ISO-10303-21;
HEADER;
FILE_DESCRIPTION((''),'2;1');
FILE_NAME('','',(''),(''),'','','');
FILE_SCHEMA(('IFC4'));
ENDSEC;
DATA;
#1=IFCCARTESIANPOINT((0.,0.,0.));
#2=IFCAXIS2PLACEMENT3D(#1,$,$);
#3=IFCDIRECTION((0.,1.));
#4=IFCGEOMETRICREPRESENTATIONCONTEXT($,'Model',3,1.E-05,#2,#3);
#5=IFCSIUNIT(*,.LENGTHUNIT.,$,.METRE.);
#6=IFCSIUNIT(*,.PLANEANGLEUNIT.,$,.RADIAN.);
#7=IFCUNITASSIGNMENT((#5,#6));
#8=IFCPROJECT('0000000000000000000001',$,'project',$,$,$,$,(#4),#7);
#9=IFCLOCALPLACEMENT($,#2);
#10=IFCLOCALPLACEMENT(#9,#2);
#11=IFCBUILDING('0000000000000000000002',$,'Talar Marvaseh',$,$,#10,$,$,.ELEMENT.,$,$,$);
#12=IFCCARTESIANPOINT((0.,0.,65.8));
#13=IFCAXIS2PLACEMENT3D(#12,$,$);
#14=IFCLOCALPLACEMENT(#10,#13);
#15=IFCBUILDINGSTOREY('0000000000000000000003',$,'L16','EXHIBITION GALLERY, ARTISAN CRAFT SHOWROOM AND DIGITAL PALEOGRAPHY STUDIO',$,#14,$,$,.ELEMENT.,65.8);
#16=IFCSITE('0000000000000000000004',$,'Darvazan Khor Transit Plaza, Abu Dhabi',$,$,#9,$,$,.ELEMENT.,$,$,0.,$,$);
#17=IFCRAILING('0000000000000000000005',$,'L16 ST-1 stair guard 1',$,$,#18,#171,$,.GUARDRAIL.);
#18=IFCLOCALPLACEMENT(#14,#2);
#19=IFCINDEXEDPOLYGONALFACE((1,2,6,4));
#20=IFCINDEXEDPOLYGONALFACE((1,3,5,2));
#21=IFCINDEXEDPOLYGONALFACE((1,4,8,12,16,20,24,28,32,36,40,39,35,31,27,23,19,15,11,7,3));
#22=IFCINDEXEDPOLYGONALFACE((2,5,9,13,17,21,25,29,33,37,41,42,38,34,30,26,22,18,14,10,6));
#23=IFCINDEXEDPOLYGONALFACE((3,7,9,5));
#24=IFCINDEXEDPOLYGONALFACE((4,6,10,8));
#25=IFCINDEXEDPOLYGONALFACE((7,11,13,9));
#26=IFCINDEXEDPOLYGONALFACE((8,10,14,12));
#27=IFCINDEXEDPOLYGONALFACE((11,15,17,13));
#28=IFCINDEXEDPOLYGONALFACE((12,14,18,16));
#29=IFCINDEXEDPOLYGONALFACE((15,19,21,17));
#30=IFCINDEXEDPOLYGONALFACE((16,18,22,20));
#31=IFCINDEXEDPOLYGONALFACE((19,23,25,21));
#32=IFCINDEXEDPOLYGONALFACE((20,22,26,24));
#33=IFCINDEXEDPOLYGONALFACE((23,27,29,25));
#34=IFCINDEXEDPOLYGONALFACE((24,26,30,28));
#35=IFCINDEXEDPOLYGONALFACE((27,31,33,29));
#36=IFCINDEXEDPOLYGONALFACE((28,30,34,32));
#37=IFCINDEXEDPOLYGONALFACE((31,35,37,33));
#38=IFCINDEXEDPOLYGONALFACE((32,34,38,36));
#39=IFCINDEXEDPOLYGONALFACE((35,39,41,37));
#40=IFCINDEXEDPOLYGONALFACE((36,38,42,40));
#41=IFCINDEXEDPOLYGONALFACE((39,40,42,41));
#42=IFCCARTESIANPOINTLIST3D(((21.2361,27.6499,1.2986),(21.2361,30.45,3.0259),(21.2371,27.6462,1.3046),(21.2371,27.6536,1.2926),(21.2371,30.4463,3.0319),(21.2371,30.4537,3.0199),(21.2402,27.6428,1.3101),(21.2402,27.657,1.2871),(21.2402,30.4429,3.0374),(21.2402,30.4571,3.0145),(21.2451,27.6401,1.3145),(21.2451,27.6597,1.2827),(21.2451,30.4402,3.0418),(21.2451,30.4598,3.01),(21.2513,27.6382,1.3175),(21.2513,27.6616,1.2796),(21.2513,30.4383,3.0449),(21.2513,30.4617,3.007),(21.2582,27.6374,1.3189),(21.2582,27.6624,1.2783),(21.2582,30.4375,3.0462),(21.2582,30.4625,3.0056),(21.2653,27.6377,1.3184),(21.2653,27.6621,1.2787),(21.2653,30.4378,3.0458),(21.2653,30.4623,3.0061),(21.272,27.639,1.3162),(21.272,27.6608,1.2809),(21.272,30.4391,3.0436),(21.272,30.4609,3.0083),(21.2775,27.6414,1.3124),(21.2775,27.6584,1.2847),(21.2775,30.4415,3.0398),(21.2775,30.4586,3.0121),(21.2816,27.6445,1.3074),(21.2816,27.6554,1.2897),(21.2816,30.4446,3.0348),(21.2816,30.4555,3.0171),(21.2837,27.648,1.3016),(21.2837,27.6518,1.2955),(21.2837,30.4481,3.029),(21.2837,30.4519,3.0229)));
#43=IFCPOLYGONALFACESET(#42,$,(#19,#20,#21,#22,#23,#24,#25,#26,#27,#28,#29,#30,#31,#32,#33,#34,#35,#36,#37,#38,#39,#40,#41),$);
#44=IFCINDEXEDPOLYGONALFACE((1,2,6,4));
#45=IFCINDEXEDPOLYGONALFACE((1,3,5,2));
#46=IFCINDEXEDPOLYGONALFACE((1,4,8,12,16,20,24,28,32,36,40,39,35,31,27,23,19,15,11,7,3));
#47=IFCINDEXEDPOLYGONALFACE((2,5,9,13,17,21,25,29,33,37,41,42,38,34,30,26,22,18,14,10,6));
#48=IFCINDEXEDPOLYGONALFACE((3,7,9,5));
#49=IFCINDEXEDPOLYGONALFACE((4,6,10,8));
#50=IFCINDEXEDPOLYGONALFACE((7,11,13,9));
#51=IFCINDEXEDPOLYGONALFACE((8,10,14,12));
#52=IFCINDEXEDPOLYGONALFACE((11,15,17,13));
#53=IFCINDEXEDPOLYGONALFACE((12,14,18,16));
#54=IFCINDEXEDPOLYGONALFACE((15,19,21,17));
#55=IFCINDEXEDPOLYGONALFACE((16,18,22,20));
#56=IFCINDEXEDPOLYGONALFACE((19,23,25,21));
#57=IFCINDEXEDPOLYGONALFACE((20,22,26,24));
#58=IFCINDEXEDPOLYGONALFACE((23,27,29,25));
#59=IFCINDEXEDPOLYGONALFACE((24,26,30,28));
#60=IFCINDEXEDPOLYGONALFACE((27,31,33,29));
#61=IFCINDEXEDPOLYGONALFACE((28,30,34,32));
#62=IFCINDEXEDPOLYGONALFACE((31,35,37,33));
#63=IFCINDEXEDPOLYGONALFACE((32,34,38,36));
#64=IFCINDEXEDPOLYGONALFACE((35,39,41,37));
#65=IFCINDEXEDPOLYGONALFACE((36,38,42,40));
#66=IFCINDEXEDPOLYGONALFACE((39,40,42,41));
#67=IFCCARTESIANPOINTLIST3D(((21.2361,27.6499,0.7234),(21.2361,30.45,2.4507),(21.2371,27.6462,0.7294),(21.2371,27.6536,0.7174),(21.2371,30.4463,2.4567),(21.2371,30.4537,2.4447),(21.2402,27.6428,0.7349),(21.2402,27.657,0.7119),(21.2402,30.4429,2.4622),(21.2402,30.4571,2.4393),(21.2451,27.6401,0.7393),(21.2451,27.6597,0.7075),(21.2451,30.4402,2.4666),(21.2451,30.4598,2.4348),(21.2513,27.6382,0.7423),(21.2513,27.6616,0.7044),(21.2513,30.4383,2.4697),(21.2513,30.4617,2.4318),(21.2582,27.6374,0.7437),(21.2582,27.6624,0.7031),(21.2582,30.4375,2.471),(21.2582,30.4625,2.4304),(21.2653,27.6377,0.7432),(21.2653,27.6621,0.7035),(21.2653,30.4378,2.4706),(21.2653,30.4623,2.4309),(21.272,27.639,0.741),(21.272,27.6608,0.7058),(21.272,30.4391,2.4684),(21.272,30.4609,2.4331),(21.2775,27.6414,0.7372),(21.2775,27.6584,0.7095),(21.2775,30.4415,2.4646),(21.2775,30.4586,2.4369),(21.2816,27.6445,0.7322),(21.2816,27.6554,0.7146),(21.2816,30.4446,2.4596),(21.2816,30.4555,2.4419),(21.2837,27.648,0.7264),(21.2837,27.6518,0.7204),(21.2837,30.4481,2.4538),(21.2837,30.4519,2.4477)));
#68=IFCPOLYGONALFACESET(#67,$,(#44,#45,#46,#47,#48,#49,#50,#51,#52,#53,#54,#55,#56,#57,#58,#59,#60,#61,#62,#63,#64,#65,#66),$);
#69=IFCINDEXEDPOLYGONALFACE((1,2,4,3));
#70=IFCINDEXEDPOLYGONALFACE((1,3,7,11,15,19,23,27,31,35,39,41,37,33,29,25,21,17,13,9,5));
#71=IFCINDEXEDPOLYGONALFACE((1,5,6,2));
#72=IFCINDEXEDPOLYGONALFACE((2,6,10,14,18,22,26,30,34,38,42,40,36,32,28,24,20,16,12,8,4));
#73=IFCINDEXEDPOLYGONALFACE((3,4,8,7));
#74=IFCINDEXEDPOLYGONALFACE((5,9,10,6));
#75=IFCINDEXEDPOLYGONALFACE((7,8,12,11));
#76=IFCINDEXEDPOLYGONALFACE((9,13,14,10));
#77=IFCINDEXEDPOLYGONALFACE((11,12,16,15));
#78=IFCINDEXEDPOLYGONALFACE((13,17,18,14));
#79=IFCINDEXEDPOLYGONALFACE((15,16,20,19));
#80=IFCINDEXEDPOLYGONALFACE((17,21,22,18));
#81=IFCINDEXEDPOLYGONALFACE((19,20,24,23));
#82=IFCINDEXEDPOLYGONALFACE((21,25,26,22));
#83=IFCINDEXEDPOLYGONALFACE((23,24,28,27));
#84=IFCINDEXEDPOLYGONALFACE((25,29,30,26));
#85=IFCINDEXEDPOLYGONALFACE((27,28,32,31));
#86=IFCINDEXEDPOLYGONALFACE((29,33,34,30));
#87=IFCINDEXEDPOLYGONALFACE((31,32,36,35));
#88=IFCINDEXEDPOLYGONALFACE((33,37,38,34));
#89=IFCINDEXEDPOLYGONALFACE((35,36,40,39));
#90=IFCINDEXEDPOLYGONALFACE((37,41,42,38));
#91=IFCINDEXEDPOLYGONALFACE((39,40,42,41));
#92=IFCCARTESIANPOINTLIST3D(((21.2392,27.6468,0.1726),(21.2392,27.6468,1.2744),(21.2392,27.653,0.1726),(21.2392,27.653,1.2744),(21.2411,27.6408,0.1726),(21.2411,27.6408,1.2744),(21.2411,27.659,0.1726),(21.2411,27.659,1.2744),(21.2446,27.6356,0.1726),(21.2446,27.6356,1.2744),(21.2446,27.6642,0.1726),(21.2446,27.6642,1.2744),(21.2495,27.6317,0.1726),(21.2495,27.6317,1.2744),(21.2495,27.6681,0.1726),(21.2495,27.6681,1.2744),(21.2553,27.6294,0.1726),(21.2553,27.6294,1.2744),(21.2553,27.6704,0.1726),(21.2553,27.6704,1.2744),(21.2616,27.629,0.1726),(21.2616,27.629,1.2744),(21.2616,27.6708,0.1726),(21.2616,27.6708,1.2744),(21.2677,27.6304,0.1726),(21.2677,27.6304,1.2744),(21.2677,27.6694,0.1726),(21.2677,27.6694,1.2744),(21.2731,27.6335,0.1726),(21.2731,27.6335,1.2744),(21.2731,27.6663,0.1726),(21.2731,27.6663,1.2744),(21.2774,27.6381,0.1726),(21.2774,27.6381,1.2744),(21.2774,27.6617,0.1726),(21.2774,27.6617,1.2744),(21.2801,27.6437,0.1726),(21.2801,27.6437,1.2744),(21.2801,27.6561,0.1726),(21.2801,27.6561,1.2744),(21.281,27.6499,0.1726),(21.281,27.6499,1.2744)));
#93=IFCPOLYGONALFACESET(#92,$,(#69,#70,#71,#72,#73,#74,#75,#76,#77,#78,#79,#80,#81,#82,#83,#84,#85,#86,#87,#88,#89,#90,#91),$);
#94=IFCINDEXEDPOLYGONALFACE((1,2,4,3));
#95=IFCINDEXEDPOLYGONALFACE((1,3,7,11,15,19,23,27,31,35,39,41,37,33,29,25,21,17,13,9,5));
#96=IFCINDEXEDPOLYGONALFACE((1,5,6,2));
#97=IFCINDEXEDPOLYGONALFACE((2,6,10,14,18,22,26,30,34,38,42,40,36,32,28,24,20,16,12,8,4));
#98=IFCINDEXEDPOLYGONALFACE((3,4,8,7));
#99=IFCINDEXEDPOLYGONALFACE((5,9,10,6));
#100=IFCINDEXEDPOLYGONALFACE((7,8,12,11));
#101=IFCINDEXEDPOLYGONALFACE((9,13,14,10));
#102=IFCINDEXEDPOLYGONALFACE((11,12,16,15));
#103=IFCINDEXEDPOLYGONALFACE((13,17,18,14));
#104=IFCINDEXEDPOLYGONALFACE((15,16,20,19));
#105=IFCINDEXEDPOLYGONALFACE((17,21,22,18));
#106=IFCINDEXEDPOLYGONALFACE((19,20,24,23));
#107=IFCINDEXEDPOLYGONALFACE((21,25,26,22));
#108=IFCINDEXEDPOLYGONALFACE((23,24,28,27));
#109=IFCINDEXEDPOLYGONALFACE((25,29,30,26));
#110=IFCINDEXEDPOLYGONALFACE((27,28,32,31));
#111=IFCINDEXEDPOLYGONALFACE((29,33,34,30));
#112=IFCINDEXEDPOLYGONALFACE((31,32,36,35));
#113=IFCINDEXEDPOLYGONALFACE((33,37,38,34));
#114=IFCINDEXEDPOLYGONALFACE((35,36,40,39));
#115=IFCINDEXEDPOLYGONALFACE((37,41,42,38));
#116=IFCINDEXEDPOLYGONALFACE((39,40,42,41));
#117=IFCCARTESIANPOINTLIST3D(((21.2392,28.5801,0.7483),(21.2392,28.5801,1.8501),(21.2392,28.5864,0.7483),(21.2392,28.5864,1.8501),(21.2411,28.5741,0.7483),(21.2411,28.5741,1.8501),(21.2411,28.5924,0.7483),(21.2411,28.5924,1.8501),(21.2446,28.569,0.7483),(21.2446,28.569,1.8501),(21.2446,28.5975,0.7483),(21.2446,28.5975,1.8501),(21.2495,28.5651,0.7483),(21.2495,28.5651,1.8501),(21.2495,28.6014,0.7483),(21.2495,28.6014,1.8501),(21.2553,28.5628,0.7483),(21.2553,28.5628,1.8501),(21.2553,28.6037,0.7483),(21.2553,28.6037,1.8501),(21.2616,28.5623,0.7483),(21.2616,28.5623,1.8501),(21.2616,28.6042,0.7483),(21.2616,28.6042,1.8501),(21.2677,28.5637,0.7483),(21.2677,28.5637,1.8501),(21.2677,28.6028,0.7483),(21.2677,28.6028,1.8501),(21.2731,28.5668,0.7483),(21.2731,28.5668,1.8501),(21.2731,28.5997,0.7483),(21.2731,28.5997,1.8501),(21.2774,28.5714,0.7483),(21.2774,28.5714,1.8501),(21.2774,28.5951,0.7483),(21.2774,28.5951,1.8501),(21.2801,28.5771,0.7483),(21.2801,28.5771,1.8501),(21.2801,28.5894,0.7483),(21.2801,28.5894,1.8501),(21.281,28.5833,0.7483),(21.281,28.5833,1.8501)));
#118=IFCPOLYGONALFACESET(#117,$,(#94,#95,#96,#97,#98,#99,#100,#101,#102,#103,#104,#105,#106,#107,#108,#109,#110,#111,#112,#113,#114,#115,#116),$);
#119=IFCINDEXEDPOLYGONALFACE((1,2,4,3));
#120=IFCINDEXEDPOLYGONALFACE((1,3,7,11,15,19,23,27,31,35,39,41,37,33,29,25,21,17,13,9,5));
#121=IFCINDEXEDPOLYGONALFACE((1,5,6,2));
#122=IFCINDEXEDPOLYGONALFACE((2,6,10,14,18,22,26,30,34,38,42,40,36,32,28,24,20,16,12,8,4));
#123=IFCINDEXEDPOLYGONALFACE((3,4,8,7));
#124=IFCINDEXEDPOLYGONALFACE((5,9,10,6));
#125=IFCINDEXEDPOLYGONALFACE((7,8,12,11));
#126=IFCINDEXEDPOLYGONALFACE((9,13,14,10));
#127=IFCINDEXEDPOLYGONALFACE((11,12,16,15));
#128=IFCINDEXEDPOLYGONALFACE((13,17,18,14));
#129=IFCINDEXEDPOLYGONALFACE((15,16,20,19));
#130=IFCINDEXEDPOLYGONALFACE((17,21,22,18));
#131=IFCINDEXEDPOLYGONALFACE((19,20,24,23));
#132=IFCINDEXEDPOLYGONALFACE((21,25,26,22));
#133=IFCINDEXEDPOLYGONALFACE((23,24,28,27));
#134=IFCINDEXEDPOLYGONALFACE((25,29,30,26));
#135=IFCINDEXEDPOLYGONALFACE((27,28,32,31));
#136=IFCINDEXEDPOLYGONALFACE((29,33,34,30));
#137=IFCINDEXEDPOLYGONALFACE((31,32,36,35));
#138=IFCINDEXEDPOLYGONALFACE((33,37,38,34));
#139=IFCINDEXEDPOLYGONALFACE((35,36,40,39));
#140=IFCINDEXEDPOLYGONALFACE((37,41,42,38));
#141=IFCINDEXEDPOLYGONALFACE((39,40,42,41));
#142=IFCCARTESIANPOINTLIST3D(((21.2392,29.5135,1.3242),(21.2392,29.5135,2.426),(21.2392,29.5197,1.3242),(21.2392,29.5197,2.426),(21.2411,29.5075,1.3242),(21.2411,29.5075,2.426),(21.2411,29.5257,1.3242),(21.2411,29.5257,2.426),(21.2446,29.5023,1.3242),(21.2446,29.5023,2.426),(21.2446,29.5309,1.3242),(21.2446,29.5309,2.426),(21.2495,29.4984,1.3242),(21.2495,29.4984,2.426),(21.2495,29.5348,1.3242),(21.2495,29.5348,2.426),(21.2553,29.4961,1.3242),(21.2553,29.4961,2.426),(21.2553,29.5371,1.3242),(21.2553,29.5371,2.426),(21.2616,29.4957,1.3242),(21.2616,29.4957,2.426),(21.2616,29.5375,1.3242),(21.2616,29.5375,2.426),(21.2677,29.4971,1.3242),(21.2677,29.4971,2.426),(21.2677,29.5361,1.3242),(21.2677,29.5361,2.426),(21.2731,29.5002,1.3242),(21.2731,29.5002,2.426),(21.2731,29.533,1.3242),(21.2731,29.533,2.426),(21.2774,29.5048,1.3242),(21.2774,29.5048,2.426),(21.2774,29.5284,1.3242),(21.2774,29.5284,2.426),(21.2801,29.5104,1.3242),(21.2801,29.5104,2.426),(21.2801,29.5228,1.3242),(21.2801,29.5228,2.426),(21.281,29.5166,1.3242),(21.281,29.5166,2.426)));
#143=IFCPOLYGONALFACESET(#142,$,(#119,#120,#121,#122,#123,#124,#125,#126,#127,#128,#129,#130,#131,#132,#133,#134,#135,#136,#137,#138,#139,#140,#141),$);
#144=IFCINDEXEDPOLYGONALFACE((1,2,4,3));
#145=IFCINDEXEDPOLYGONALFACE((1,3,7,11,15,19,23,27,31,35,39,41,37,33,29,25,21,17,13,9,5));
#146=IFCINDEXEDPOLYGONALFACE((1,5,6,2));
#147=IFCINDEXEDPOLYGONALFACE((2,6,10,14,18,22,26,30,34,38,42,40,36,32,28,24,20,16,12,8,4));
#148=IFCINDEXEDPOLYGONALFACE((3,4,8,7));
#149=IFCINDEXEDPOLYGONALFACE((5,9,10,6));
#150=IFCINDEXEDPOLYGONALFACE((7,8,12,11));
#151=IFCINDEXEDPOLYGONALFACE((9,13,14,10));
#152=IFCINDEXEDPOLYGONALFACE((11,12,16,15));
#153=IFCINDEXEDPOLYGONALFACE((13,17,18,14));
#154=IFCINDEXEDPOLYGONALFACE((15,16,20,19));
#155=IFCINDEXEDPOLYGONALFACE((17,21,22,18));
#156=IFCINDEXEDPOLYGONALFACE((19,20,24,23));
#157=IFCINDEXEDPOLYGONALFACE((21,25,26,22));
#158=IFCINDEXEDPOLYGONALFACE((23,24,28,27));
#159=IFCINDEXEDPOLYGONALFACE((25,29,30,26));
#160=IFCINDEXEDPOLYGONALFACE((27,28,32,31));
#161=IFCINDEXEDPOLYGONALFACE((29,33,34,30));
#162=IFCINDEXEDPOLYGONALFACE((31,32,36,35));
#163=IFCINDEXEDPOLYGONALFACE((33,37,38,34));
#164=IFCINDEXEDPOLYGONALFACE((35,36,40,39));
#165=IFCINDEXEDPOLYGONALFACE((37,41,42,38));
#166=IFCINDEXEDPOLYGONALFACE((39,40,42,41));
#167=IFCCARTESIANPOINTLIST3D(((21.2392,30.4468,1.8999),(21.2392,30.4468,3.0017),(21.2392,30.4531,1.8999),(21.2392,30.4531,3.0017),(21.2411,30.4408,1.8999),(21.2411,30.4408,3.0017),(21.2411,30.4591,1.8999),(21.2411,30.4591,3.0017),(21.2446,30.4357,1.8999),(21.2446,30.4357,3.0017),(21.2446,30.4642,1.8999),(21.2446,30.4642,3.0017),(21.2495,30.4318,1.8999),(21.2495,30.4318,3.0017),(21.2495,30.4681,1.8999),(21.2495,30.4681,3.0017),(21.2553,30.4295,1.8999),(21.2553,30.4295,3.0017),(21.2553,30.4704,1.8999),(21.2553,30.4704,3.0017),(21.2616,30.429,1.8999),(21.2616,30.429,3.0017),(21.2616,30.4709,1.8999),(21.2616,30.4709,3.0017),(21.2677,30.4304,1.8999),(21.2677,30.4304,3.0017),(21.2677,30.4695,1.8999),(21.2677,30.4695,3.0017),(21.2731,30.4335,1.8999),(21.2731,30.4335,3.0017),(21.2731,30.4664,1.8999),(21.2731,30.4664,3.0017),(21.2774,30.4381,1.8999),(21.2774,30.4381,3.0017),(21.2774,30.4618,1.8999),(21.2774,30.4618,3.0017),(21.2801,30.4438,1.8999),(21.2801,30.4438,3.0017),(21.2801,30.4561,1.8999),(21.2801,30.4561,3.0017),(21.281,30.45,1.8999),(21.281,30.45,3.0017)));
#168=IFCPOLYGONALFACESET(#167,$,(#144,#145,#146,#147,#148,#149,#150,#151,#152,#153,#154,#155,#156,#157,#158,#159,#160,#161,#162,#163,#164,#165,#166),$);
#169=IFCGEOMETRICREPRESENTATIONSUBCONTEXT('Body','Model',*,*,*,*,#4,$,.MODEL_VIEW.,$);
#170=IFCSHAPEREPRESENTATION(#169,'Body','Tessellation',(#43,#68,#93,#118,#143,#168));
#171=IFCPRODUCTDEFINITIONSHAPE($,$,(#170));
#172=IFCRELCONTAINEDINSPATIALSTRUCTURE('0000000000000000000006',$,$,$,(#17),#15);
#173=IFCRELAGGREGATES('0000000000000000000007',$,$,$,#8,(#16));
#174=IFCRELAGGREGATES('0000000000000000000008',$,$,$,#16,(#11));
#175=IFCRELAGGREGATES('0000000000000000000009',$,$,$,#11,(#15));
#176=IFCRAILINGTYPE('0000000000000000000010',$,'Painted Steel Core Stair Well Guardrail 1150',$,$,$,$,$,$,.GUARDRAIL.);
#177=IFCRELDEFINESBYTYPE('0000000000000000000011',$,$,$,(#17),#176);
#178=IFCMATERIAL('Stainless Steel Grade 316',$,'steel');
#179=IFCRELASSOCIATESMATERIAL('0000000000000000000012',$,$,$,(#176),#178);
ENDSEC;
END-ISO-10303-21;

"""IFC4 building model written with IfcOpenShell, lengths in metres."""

from ifc_helpers import new_model, si_unit, direction, frame, origin, origin_2d, place, context, subcontext, project, spatial, circle, extrude, material, type_object, element, save


model = new_model("IFC4")

# Units and contexts
model_context = context("Model", 3, precision=1e-05, world=origin(), true_north=direction((0.0, 1.0)))
body_context = subcontext(model_context, "Body", "Model", "MODEL_VIEW")
ifc_project = project(units=[si_unit("LENGTHUNIT", "METRE"), si_unit("PLANEANGLEUNIT", "RADIAN")], contexts=[model_context])

# Site, building, storey
site_placement = place(None, origin())
site = spatial("IfcSite", under=ifc_project, at=site_placement, Name="Darvazan Khor Transit Plaza, Abu Dhabi", CompositionType="ELEMENT", RefElevation=0.0)
building_placement = place(site_placement, origin())
building = spatial("IfcBuilding", under=site, at=building_placement, Name="Talar Marvaseh", CompositionType="ELEMENT")
storey_placement = place(building_placement, frame((0.0, 0.0, 65.8)))
storey = spatial("IfcBuildingStorey", under=building, at=storey_placement, Name="L16", Description="EXHIBITION GALLERY, ARTISAN CRAFT SHOWROOM AND DIGITAL PALEOGRAPHY STUDIO", CompositionType="ELEMENT", Elevation=65.8)

# Railing
ifc_material_1 = material(Name="Stainless Steel Grade 316", Category="steel")
railing_type_1 = type_object("IfcRailingType", Name="Painted Steel Core Stair Well Guardrail 1150", PredefinedType="GUARDRAIL", material=ifc_material_1)
railing_1_placement = place(storey_placement, frame((21.26, 27.6499, 0.1726)))
element("IfcRailing", 1, at=railing_1_placement, inside=storey, type_object=railing_type_1, Name="L16 ST-1 stair guard 1", PredefinedType="GUARDRAIL", context=body_context, shape_type="SweptSolid", body=[
    extrude(circle(Radius=0.0239, at=origin_2d()), frame((0.0, 0.0, 1.126), z_axis=(0.0, 0.85109, 0.52502), x_axis=(-1.0, 0.0, 0.0)), (0.0, 0.0, 1.0), 3.29),
    extrude(circle(Radius=0.0239, at=origin_2d()), frame((0.0, 0.0, 0.5508), z_axis=(0.0, 0.85109, 0.52502), x_axis=(-1.0, 0.0, 0.0)), (0.0, 0.0, 1.0), 3.29),
    extrude(circle(Radius=0.021, at=origin_2d()), origin(), (0.0, 0.0, 1.0), 1.1018),
    extrude(circle(Radius=0.021, at=origin_2d()), frame((0.0, 0.9333, 0.5757)), (0.0, 0.0, 1.0), 1.1018),
    extrude(circle(Radius=0.021, at=origin_2d()), frame((0.0, 1.8667, 1.1516)), (0.0, 0.0, 1.0), 1.1018),
    extrude(circle(Radius=0.021, at=origin_2d()), frame((0.0, 2.8, 1.7273)), (0.0, 0.0, 1.0), 1.1018),
])

save(model, "model.ifc")
